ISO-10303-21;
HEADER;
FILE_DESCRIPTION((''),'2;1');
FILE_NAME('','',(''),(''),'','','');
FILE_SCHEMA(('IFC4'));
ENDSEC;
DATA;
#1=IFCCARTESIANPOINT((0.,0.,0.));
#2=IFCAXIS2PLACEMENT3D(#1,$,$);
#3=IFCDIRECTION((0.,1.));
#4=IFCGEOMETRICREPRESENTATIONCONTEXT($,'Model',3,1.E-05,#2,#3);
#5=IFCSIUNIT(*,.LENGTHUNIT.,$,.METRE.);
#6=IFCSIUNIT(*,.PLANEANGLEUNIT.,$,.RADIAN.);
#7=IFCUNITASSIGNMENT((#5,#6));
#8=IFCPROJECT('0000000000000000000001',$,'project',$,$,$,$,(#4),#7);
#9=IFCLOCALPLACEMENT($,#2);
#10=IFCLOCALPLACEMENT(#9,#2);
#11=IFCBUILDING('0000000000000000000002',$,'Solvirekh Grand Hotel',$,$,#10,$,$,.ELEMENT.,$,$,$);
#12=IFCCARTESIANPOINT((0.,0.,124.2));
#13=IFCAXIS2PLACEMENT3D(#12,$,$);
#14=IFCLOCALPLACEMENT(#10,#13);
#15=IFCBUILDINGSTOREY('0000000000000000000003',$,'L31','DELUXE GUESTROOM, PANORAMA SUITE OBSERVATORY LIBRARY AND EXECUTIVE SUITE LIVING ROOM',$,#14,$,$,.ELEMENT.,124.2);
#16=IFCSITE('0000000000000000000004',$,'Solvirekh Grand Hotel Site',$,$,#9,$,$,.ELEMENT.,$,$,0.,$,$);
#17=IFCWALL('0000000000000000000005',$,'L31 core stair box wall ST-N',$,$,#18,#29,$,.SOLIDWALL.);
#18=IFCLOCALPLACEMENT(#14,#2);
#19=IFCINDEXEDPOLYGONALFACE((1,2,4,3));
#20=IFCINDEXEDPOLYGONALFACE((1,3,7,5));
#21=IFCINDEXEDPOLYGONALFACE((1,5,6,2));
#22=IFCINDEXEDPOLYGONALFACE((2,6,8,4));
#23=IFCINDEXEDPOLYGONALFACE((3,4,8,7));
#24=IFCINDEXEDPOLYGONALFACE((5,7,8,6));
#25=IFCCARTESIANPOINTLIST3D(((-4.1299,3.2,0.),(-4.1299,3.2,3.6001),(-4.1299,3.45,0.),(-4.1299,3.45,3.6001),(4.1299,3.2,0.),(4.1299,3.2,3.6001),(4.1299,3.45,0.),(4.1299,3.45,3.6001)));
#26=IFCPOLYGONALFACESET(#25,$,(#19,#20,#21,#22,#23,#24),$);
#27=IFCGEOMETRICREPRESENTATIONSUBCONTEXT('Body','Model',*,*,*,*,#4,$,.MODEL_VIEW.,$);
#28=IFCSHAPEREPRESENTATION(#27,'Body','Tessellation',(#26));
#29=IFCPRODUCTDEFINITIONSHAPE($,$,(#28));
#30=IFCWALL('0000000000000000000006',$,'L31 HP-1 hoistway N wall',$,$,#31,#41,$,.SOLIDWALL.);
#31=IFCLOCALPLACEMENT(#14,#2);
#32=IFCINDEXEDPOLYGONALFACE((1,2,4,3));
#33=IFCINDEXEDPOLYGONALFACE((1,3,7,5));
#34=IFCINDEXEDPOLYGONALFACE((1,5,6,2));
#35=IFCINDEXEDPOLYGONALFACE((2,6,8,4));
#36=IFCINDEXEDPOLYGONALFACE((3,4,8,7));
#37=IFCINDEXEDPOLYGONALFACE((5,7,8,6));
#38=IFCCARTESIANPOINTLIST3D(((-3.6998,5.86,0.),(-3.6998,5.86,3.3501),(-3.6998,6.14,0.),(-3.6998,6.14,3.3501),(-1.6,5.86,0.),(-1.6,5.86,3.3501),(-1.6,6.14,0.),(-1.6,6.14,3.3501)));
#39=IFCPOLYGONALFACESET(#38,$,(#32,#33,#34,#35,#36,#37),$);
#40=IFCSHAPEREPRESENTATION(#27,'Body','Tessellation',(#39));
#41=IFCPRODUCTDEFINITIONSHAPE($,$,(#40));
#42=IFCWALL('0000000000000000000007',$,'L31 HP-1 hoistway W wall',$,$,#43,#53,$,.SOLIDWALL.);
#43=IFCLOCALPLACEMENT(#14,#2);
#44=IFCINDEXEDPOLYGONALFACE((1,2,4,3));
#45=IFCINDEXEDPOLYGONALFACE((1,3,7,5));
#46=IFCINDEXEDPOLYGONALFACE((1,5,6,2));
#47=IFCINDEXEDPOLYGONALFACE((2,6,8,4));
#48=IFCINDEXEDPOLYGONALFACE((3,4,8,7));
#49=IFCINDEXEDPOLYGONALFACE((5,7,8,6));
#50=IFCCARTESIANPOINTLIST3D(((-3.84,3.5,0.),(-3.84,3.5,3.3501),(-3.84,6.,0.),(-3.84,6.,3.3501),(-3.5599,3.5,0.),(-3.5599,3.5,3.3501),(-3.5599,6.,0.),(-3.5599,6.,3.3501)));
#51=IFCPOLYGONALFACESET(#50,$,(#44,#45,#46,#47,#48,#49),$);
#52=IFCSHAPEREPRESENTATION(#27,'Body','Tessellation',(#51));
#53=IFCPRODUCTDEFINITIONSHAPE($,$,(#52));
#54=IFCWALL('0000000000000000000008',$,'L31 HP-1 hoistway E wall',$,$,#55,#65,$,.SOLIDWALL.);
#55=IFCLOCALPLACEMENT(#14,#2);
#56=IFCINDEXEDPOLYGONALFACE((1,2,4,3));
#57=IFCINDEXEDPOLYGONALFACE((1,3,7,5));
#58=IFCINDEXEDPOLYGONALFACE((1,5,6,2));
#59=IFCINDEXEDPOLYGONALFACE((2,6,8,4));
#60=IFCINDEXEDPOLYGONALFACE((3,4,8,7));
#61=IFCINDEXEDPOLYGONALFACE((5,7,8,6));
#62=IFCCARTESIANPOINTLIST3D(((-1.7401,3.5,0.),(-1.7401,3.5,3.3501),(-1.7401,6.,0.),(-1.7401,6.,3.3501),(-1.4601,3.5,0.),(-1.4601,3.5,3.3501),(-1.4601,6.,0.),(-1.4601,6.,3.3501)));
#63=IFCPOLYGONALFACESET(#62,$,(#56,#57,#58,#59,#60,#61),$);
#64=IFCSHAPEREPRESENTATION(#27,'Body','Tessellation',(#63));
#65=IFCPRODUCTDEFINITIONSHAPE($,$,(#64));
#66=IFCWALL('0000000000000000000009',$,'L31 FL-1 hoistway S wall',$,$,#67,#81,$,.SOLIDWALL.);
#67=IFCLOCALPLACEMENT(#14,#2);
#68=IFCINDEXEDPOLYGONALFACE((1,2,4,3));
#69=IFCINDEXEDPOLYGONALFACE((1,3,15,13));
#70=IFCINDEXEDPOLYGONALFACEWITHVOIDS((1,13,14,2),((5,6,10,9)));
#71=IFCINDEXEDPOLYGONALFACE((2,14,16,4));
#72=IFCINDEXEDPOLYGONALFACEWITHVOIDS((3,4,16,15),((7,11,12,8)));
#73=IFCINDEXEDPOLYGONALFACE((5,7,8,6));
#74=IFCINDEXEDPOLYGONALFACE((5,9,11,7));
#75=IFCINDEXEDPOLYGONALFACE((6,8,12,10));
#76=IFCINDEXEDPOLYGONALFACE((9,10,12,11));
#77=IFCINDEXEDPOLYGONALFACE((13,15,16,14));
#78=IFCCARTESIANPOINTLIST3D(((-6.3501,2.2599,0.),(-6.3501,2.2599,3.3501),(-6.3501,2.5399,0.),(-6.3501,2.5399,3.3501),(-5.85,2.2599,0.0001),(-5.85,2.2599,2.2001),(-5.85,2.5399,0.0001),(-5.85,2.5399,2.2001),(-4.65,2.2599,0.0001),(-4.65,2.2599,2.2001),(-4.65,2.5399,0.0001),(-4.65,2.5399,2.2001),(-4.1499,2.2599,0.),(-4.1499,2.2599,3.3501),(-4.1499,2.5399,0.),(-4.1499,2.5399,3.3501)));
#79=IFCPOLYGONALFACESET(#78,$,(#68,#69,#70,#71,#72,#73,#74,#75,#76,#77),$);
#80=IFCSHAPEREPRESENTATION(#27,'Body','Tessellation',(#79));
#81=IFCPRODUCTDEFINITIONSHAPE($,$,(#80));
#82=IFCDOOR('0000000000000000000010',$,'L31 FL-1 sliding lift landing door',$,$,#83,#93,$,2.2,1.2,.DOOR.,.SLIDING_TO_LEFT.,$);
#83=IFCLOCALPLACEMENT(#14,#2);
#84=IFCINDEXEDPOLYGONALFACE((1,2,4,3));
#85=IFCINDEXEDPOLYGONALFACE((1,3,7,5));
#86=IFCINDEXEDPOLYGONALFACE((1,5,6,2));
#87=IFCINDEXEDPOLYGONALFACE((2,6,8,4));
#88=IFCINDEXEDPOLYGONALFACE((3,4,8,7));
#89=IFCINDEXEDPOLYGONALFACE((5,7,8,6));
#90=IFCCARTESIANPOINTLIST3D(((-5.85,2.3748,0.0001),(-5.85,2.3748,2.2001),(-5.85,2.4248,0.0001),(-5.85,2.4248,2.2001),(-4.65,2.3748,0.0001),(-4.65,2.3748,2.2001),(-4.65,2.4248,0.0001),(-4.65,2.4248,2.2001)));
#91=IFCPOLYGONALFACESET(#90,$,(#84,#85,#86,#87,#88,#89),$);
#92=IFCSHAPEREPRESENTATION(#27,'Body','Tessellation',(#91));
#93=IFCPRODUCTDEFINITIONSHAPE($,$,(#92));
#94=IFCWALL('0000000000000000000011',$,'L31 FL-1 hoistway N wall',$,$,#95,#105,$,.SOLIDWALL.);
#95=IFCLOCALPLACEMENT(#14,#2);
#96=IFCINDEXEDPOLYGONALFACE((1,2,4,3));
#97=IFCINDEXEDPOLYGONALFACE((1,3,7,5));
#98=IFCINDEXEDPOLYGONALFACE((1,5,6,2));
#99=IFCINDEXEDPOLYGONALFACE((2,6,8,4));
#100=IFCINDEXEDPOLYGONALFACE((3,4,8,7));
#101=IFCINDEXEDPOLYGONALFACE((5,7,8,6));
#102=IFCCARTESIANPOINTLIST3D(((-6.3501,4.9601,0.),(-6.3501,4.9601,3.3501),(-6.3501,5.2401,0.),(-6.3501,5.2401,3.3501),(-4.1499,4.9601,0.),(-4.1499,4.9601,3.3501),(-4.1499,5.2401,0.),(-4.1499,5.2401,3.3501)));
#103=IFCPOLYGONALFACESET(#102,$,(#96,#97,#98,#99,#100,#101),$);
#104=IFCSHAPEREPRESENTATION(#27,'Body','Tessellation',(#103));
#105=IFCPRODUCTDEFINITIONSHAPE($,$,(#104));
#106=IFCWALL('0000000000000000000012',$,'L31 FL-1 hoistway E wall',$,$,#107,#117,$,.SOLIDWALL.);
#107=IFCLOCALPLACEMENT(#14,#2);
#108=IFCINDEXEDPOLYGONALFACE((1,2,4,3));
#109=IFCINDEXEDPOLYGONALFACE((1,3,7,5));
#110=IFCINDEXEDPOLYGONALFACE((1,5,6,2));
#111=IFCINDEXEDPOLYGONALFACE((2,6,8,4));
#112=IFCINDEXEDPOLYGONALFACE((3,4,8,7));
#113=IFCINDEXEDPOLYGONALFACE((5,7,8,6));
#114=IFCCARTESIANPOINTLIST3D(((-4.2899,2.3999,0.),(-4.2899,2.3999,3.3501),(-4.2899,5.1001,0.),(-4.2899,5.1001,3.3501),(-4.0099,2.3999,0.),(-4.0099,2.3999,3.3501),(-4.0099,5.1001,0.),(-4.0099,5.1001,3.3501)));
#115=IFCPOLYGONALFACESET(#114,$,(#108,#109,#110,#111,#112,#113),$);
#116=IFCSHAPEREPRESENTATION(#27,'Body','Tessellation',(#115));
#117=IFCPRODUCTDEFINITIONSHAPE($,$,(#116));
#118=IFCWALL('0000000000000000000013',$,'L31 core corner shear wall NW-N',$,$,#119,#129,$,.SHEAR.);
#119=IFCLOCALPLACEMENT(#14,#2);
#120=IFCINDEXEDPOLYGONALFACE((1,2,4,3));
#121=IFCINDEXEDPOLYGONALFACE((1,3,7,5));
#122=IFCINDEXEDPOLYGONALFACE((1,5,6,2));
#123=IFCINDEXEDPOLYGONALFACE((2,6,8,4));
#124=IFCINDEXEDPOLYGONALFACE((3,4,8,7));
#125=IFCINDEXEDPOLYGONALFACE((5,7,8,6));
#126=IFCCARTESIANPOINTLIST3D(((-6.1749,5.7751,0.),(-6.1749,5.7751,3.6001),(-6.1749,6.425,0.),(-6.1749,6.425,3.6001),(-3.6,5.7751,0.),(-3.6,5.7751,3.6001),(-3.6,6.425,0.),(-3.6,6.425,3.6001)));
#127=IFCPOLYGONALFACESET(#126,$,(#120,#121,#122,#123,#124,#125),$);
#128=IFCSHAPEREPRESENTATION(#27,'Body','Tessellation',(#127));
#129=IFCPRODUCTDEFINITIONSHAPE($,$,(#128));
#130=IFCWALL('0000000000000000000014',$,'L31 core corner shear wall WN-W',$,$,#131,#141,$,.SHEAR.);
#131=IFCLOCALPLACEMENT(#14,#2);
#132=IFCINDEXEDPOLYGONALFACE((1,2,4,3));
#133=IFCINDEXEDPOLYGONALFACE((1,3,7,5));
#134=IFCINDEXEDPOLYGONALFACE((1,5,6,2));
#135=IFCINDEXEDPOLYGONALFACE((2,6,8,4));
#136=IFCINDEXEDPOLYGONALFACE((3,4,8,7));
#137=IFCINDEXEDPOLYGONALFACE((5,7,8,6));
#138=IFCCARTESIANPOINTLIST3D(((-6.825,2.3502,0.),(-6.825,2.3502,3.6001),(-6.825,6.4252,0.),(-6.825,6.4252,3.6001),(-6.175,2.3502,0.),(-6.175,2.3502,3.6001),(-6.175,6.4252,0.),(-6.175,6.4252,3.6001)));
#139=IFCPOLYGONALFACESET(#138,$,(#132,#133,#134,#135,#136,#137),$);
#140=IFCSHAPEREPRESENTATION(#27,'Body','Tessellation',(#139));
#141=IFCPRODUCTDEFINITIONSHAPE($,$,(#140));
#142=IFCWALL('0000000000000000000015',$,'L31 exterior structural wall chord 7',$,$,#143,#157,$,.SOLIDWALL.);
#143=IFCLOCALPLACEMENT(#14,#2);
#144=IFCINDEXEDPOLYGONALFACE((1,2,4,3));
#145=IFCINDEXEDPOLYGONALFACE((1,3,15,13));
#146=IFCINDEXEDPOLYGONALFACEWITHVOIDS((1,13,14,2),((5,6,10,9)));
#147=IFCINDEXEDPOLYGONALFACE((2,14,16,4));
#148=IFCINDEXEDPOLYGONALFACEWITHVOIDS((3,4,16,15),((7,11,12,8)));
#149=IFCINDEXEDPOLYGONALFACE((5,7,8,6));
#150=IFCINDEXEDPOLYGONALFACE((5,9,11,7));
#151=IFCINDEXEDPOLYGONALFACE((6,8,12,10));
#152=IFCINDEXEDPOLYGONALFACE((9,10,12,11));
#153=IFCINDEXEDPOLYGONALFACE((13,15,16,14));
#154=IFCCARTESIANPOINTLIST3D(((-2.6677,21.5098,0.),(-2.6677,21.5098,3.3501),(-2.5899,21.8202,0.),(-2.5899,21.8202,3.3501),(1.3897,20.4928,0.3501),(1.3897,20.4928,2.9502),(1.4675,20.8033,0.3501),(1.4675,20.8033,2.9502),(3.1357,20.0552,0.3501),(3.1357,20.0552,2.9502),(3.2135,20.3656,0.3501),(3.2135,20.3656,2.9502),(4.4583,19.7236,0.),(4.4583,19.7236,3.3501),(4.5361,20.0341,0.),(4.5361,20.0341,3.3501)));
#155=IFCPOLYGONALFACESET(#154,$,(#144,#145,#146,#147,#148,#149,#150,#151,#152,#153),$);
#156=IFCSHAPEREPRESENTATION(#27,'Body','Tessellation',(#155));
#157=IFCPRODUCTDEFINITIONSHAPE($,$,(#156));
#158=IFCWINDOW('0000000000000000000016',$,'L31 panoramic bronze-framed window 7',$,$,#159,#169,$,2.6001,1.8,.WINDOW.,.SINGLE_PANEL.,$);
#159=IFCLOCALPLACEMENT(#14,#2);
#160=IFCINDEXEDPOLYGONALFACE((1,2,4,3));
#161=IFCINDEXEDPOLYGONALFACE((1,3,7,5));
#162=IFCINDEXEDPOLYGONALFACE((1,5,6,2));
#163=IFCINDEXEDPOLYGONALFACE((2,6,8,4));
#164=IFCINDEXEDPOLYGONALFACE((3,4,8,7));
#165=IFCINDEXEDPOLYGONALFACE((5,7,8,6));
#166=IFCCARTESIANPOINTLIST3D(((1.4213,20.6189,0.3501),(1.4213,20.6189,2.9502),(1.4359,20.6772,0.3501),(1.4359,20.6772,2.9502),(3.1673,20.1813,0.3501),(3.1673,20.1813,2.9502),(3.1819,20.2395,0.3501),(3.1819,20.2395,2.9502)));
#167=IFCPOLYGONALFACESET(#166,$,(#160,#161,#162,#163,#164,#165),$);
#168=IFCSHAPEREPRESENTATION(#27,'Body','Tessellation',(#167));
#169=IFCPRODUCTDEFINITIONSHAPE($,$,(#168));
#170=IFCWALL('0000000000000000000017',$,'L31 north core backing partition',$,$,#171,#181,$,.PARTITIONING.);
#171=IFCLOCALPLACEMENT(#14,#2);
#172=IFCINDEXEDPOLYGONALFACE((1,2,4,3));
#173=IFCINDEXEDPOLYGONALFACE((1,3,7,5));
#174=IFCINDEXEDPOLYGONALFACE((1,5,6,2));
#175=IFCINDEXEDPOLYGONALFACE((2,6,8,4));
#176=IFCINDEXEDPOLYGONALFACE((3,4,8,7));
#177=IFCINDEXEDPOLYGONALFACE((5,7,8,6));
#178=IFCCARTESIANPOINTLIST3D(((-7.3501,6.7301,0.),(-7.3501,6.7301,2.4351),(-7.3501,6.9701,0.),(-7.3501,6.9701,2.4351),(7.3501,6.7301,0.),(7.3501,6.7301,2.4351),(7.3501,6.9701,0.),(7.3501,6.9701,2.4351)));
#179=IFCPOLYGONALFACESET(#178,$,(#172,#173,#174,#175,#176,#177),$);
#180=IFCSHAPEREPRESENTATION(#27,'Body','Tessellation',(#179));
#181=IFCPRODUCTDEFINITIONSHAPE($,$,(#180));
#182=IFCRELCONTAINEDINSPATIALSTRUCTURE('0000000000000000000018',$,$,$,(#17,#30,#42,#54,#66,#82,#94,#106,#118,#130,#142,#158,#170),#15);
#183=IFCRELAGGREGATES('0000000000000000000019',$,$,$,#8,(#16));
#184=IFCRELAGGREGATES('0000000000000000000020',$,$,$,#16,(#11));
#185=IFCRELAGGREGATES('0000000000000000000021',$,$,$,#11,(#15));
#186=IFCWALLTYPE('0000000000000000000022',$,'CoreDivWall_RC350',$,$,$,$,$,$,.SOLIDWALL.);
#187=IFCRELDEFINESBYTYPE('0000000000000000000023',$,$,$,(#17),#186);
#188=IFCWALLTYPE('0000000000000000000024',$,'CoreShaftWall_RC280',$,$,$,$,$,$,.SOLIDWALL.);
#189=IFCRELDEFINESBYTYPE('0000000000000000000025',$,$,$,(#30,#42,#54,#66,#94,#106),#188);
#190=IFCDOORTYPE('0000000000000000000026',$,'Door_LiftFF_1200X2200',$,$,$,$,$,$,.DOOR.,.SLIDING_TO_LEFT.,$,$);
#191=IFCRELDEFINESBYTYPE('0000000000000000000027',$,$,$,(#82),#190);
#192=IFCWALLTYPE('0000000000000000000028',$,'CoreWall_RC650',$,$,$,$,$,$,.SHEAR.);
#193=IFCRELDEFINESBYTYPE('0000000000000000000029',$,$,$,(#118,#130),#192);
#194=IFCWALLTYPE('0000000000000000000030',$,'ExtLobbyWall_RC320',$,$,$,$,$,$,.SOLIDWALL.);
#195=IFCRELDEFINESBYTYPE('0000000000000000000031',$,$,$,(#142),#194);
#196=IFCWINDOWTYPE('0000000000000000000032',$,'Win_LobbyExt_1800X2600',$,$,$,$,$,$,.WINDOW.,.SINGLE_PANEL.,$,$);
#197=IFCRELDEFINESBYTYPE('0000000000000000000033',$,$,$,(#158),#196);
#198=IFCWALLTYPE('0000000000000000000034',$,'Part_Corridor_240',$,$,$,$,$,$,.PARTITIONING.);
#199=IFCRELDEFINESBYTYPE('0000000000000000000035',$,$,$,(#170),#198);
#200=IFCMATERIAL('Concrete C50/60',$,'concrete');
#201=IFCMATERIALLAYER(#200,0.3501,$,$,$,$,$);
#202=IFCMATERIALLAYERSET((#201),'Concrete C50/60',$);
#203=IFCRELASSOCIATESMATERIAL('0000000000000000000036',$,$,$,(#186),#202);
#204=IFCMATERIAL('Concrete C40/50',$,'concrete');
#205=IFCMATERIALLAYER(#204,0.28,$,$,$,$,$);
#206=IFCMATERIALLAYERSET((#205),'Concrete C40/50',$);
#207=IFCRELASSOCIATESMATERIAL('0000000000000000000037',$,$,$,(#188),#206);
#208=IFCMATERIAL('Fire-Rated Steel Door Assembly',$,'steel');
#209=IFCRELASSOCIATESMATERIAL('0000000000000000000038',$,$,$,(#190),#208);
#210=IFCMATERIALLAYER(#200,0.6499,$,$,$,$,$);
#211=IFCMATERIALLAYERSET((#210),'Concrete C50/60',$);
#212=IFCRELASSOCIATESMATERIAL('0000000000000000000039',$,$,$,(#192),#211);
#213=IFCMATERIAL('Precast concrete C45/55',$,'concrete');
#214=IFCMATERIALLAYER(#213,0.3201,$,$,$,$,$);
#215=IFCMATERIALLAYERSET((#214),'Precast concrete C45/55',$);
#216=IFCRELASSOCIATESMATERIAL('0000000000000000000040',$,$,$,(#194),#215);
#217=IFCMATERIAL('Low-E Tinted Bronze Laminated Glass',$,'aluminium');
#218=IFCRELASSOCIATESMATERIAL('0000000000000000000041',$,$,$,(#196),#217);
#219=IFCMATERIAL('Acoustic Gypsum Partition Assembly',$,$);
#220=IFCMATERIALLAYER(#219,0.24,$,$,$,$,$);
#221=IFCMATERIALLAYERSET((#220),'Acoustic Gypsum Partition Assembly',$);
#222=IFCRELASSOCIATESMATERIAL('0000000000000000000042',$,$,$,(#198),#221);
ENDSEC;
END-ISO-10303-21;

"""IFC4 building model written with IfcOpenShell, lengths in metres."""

from ifc_helpers import new_model, si_unit, direction, frame, frame_2d, origin, place, context, subcontext, project, spatial, rectangle, extrude, material, layer, layer_set, type_object, element, fill, save


model = new_model("IFC4")

# Units and contexts
model_context = context("Model", 3, precision=1e-05, world=origin(), true_north=direction((0.0, 1.0)))
body_context = subcontext(model_context, "Body", "Model", "MODEL_VIEW")
ifc_project = project(units=[si_unit("LENGTHUNIT", "METRE"), si_unit("PLANEANGLEUNIT", "RADIAN")], contexts=[model_context])

# Site, building, storey
site_placement = place(None, origin())
site = spatial("IfcSite", under=ifc_project, at=site_placement, Name="Solvirekh Grand Hotel Site", CompositionType="ELEMENT", RefElevation=0.0)
building_placement = place(site_placement, origin())
building = spatial("IfcBuilding", under=site, at=building_placement, Name="Solvirekh Grand Hotel", CompositionType="ELEMENT")
storey_placement = place(building_placement, frame((0.0, 0.0, 124.2)))
storey = spatial("IfcBuildingStorey", under=building, at=storey_placement, Name="L31", Description="DELUXE GUESTROOM, PANORAMA SUITE OBSERVATORY LIBRARY AND EXECUTIVE SUITE LIVING ROOM", CompositionType="ELEMENT", Elevation=124.2)

# Shared definitions
ifc_material_1 = material(Name="Concrete C50/60", Category="concrete")

# Shared definitions
ifc_material_2 = material(Name="Low-E Tinted Bronze Laminated Glass", Category="aluminium")

# Walls
ifc_layer_1 = layer(ifc_material_1, 0.3501)
ifc_layer_set_1 = layer_set([ifc_layer_1], Name="Concrete C50/60")
wall_type_1 = type_object("IfcWallType", Name="CoreDivWall_RC350", PredefinedType="SOLIDWALL", material=ifc_layer_set_1)
wall_1_placement = place(storey_placement, frame((-4.1299, 3.325, 0.0), z_axis=(0.0, 0.0, 1.0), x_axis=(1.0, 0.0, 0.0)))
element("IfcWall", 1, at=wall_1_placement, inside=storey, type_object=wall_type_1, Name="L31 core stair box wall ST-N", PredefinedType="SOLIDWALL", context=body_context, shape_type="SweptSolid", body=[
    extrude(rectangle(XDim=8.2598, YDim=0.25, at=frame_2d((4.1299, 0.0))), origin(), (0.0, 0.0, 1.0), 3.6001),
])
ifc_material_3 = material(Name="Concrete C40/50", Category="concrete")
ifc_layer_2 = layer(ifc_material_3, 0.28)
ifc_layer_set_2 = layer_set([ifc_layer_2], Name="Concrete C40/50")
wall_type_2 = type_object("IfcWallType", Name="CoreShaftWall_RC280", PredefinedType="SOLIDWALL", material=ifc_layer_set_2)
wall_2_placement = place(storey_placement, frame((-1.6001, 6.0, 0.0), z_axis=(0.0, 0.0, 1.0), x_axis=(-1.0, 0.0, 0.0)))
element("IfcWall", 2, at=wall_2_placement, inside=storey, type_object=wall_type_2, Name="L31 HP-1 hoistway N wall", PredefinedType="SOLIDWALL", context=body_context, shape_type="SweptSolid", body=[
    extrude(rectangle(XDim=2.0999, YDim=0.28, at=frame_2d((1.0498, 0.0))), origin(), (0.0, 0.0, 1.0), 3.3501),
])
for number, where, z_axis, x_axis, name in (
    (3, (-3.7, 6.0, 0.0), (0.0, 0.0, 1.0), (0.0, -1.0, 0.0), "L31 HP-1 hoistway W wall"),
    (4, (-1.6001, 3.5, 0.0), (0.0, 0.0, 1.0), (0.0, 1.0, 0.0), "L31 HP-1 hoistway E wall"),
):
    element("IfcWall", number, at=place(storey_placement, frame(where, z_axis=z_axis, x_axis=x_axis)), inside=storey, type_object=wall_type_2, Name=name, PredefinedType="SOLIDWALL", context=body_context, shape_type="SweptSolid", body=[
        extrude(rectangle(XDim=2.5, YDim=0.28, at=frame_2d((1.25, 0.0))), origin(), (0.0, 0.0, 1.0), 3.3501),
    ])

# Wall, opening, door
wall_3_placement = place(storey_placement, frame((-6.3501, 2.3999, 0.0), z_axis=(0.0, 0.0, 1.0), x_axis=(1.0, 0.0, 0.0)))
wall_3 = element("IfcWall", 5, at=wall_3_placement, inside=storey, type_object=wall_type_2, Name="L31 FL-1 hoistway S wall", PredefinedType="SOLIDWALL", context=body_context, shape_type="SweptSolid", body=[
    extrude(rectangle(XDim=2.2002, YDim=0.28, at=frame_2d((1.1001, 0.0))), origin(), (0.0, 0.0, 1.0), 3.3501),
])
opening_1_placement = place(wall_3_placement, frame((0.5, 0.0, 0.0)))
opening_1 = element("IfcOpeningElement", 6, at=opening_1_placement, cuts=wall_3, PredefinedType="OPENING", context=body_context, shape_type="SweptSolid", body=[
    extrude(rectangle(XDim=1.2, YDim=2.2, at=frame_2d((0.6001, 1.1001))), frame((0.0, 0.1499, 0.0), z_axis=(0.0, -1.0, 0.0), x_axis=(1.0, 0.0, 0.0)), (0.0, 0.0, 1.0), 0.3),
])
ifc_material_4 = material(Name="Fire-Rated Steel Door Assembly", Category="steel")
door_type_1 = type_object("IfcDoorType", Name="Door_LiftFF_1200X2200", OperationType="SLIDING_TO_LEFT", PredefinedType="DOOR", material=ifc_material_4)
door_1_placement = place(opening_1_placement, origin())
door_1 = element("IfcDoor", 7, at=door_1_placement, inside=storey, type_object=door_type_1, Name="L31 FL-1 sliding lift landing door", OperationType="SLIDING_TO_LEFT", OverallHeight=2.2, OverallWidth=1.2, PredefinedType="DOOR", context=body_context, shape_type="SweptSolid", body=[
    extrude(rectangle(XDim=1.2, YDim=2.2, at=frame_2d((0.6001, 1.1001))), frame((0.0, 0.0249, 0.0), z_axis=(0.0, -1.0, 0.0), x_axis=(1.0, 0.0, 0.0)), (0.0, 0.0, 1.0), 0.05),
])
fill(opening_1, door_1)

# Walls
wall_4_placement = place(storey_placement, frame((-4.1499, 5.1001, 0.0), z_axis=(0.0, 0.0, 1.0), x_axis=(-1.0, 0.0, 0.0)))
element("IfcWall", 8, at=wall_4_placement, inside=storey, type_object=wall_type_2, Name="L31 FL-1 hoistway N wall", PredefinedType="SOLIDWALL", context=body_context, shape_type="SweptSolid", body=[
    extrude(rectangle(XDim=2.2002, YDim=0.28, at=frame_2d((1.1001, 0.0))), origin(), (0.0, 0.0, 1.0), 3.3501),
])
wall_5_placement = place(storey_placement, frame((-4.1499, 2.3999, 0.0), z_axis=(0.0, 0.0, 1.0), x_axis=(0.0, 1.0, 0.0)))
element("IfcWall", 9, at=wall_5_placement, inside=storey, type_object=wall_type_2, Name="L31 FL-1 hoistway E wall", PredefinedType="SOLIDWALL", context=body_context, shape_type="SweptSolid", body=[
    extrude(rectangle(XDim=2.7002, YDim=0.28, at=frame_2d((1.3501, 0.0))), origin(), (0.0, 0.0, 1.0), 3.3501),
])
ifc_layer_3 = layer(ifc_material_1, 0.6499)
ifc_layer_set_3 = layer_set([ifc_layer_3], Name="Concrete C50/60")
wall_type_3 = type_object("IfcWallType", Name="CoreWall_RC650", PredefinedType="SHEAR", material=ifc_layer_set_3)
wall_6_placement = place(storey_placement, frame((-6.175, 6.1001, 0.0), z_axis=(0.0, 0.0, 1.0), x_axis=(1.0, 0.0, 0.0)))
element("IfcWall", 10, at=wall_6_placement, inside=storey, type_object=wall_type_3, Name="L31 core corner shear wall NW-N", PredefinedType="SHEAR", context=body_context, shape_type="SweptSolid", body=[
    extrude(rectangle(XDim=2.575, YDim=0.6499, at=frame_2d((1.2876, 0.0))), origin(), (0.0, 0.0, 1.0), 3.6001),
])
wall_7_placement = place(storey_placement, frame((-6.5, 2.3501, 0.0), z_axis=(0.0, 0.0, 1.0), x_axis=(0.0, 1.0, 0.0)))
element("IfcWall", 11, at=wall_7_placement, inside=storey, type_object=wall_type_3, Name="L31 core corner shear wall WN-W", PredefinedType="SHEAR", context=body_context, shape_type="SweptSolid", body=[
    extrude(rectangle(XDim=4.075, YDim=0.6499, at=frame_2d((2.0376, 0.0))), origin(), (0.0, 0.0, 1.0), 3.6001),
])

# Wall, opening, window
ifc_material_5 = material(Name="Precast concrete C45/55", Category="concrete")
ifc_layer_4 = layer(ifc_material_5, 0.3201)
ifc_layer_set_4 = layer_set([ifc_layer_4], Name="Precast concrete C45/55")
wall_type_4 = type_object("IfcWallType", Name="ExtLobbyWall_RC320", PredefinedType="SOLIDWALL", material=ifc_layer_set_4)
wall_8_placement = place(storey_placement, frame((-2.6289, 21.665, 0.0), z_axis=(0.0, 0.0, 1.0), x_axis=(0.969994, -0.24313, 0.0)))
wall_8 = element("IfcWall", 12, at=wall_8_placement, inside=storey, type_object=wall_type_4, Name="L31 exterior structural wall chord 7", PredefinedType="SOLIDWALL", context=body_context, shape_type="SweptSolid", body=[
    extrude(rectangle(XDim=7.3464, YDim=0.3201, at=frame_2d((3.6733, 0.0))), origin(), (0.0, 0.0, 1.0), 3.3501),
])
opening_2_placement = place(wall_8_placement, frame((4.1831, 0.0, 0.3501)))
opening_2 = element("IfcOpeningElement", 13, at=opening_2_placement, cuts=wall_8, PredefinedType="OPENING", context=body_context, shape_type="SweptSolid", body=[
    extrude(rectangle(XDim=1.8, YDim=2.6001, at=frame_2d((0.8999, 1.3))), frame((0.0, 0.1699, 0.0), z_axis=(0.0, -1.0, 0.0), x_axis=(1.0, 0.0, 0.0)), (0.0, 0.0, 1.0), 0.3401),
])
window_type = type_object("IfcWindowType", Name="Win_LobbyExt_1800X2600", PartitioningType="SINGLE_PANEL", PredefinedType="WINDOW", material=ifc_material_2)
window_placement = place(opening_2_placement, origin())
window = element("IfcWindow", 14, at=window_placement, inside=storey, type_object=window_type, Name="L31 panoramic bronze-framed window 7", OverallHeight=2.6001, OverallWidth=1.8, PartitioningType="SINGLE_PANEL", PredefinedType="WINDOW", context=body_context, shape_type="SweptSolid", body=[
    extrude(rectangle(XDim=1.8, YDim=2.6001, at=frame_2d((0.8999, 1.3))), frame((0.0, 0.03, 0.0), z_axis=(0.0, -1.0, 0.0), x_axis=(1.0, 0.0, 0.0)), (0.0, 0.0, 1.0), 0.0601),
])
fill(opening_2, window)

# Wall
ifc_material_6 = material(Name="Acoustic Gypsum Partition Assembly")
ifc_layer_5 = layer(ifc_material_6, 0.24)
ifc_layer_set_5 = layer_set([ifc_layer_5], Name="Acoustic Gypsum Partition Assembly")
wall_type_5 = type_object("IfcWallType", Name="Part_Corridor_240", PredefinedType="PARTITIONING", material=ifc_layer_set_5)
wall_9_placement = place(storey_placement, frame((-7.3501, 6.8501, 0.0), z_axis=(0.0, 0.0, 1.0), x_axis=(1.0, 0.0, 0.0)))
element("IfcWall", 15, at=wall_9_placement, inside=storey, type_object=wall_type_5, Name="L31 north core backing partition", PredefinedType="PARTITIONING", context=body_context, shape_type="SweptSolid", body=[
    extrude(rectangle(XDim=14.7002, YDim=0.24, at=frame_2d((7.3501, 0.0))), origin(), (0.0, 0.0, 1.0), 2.4351),
])

save(model, "model.ifc")
